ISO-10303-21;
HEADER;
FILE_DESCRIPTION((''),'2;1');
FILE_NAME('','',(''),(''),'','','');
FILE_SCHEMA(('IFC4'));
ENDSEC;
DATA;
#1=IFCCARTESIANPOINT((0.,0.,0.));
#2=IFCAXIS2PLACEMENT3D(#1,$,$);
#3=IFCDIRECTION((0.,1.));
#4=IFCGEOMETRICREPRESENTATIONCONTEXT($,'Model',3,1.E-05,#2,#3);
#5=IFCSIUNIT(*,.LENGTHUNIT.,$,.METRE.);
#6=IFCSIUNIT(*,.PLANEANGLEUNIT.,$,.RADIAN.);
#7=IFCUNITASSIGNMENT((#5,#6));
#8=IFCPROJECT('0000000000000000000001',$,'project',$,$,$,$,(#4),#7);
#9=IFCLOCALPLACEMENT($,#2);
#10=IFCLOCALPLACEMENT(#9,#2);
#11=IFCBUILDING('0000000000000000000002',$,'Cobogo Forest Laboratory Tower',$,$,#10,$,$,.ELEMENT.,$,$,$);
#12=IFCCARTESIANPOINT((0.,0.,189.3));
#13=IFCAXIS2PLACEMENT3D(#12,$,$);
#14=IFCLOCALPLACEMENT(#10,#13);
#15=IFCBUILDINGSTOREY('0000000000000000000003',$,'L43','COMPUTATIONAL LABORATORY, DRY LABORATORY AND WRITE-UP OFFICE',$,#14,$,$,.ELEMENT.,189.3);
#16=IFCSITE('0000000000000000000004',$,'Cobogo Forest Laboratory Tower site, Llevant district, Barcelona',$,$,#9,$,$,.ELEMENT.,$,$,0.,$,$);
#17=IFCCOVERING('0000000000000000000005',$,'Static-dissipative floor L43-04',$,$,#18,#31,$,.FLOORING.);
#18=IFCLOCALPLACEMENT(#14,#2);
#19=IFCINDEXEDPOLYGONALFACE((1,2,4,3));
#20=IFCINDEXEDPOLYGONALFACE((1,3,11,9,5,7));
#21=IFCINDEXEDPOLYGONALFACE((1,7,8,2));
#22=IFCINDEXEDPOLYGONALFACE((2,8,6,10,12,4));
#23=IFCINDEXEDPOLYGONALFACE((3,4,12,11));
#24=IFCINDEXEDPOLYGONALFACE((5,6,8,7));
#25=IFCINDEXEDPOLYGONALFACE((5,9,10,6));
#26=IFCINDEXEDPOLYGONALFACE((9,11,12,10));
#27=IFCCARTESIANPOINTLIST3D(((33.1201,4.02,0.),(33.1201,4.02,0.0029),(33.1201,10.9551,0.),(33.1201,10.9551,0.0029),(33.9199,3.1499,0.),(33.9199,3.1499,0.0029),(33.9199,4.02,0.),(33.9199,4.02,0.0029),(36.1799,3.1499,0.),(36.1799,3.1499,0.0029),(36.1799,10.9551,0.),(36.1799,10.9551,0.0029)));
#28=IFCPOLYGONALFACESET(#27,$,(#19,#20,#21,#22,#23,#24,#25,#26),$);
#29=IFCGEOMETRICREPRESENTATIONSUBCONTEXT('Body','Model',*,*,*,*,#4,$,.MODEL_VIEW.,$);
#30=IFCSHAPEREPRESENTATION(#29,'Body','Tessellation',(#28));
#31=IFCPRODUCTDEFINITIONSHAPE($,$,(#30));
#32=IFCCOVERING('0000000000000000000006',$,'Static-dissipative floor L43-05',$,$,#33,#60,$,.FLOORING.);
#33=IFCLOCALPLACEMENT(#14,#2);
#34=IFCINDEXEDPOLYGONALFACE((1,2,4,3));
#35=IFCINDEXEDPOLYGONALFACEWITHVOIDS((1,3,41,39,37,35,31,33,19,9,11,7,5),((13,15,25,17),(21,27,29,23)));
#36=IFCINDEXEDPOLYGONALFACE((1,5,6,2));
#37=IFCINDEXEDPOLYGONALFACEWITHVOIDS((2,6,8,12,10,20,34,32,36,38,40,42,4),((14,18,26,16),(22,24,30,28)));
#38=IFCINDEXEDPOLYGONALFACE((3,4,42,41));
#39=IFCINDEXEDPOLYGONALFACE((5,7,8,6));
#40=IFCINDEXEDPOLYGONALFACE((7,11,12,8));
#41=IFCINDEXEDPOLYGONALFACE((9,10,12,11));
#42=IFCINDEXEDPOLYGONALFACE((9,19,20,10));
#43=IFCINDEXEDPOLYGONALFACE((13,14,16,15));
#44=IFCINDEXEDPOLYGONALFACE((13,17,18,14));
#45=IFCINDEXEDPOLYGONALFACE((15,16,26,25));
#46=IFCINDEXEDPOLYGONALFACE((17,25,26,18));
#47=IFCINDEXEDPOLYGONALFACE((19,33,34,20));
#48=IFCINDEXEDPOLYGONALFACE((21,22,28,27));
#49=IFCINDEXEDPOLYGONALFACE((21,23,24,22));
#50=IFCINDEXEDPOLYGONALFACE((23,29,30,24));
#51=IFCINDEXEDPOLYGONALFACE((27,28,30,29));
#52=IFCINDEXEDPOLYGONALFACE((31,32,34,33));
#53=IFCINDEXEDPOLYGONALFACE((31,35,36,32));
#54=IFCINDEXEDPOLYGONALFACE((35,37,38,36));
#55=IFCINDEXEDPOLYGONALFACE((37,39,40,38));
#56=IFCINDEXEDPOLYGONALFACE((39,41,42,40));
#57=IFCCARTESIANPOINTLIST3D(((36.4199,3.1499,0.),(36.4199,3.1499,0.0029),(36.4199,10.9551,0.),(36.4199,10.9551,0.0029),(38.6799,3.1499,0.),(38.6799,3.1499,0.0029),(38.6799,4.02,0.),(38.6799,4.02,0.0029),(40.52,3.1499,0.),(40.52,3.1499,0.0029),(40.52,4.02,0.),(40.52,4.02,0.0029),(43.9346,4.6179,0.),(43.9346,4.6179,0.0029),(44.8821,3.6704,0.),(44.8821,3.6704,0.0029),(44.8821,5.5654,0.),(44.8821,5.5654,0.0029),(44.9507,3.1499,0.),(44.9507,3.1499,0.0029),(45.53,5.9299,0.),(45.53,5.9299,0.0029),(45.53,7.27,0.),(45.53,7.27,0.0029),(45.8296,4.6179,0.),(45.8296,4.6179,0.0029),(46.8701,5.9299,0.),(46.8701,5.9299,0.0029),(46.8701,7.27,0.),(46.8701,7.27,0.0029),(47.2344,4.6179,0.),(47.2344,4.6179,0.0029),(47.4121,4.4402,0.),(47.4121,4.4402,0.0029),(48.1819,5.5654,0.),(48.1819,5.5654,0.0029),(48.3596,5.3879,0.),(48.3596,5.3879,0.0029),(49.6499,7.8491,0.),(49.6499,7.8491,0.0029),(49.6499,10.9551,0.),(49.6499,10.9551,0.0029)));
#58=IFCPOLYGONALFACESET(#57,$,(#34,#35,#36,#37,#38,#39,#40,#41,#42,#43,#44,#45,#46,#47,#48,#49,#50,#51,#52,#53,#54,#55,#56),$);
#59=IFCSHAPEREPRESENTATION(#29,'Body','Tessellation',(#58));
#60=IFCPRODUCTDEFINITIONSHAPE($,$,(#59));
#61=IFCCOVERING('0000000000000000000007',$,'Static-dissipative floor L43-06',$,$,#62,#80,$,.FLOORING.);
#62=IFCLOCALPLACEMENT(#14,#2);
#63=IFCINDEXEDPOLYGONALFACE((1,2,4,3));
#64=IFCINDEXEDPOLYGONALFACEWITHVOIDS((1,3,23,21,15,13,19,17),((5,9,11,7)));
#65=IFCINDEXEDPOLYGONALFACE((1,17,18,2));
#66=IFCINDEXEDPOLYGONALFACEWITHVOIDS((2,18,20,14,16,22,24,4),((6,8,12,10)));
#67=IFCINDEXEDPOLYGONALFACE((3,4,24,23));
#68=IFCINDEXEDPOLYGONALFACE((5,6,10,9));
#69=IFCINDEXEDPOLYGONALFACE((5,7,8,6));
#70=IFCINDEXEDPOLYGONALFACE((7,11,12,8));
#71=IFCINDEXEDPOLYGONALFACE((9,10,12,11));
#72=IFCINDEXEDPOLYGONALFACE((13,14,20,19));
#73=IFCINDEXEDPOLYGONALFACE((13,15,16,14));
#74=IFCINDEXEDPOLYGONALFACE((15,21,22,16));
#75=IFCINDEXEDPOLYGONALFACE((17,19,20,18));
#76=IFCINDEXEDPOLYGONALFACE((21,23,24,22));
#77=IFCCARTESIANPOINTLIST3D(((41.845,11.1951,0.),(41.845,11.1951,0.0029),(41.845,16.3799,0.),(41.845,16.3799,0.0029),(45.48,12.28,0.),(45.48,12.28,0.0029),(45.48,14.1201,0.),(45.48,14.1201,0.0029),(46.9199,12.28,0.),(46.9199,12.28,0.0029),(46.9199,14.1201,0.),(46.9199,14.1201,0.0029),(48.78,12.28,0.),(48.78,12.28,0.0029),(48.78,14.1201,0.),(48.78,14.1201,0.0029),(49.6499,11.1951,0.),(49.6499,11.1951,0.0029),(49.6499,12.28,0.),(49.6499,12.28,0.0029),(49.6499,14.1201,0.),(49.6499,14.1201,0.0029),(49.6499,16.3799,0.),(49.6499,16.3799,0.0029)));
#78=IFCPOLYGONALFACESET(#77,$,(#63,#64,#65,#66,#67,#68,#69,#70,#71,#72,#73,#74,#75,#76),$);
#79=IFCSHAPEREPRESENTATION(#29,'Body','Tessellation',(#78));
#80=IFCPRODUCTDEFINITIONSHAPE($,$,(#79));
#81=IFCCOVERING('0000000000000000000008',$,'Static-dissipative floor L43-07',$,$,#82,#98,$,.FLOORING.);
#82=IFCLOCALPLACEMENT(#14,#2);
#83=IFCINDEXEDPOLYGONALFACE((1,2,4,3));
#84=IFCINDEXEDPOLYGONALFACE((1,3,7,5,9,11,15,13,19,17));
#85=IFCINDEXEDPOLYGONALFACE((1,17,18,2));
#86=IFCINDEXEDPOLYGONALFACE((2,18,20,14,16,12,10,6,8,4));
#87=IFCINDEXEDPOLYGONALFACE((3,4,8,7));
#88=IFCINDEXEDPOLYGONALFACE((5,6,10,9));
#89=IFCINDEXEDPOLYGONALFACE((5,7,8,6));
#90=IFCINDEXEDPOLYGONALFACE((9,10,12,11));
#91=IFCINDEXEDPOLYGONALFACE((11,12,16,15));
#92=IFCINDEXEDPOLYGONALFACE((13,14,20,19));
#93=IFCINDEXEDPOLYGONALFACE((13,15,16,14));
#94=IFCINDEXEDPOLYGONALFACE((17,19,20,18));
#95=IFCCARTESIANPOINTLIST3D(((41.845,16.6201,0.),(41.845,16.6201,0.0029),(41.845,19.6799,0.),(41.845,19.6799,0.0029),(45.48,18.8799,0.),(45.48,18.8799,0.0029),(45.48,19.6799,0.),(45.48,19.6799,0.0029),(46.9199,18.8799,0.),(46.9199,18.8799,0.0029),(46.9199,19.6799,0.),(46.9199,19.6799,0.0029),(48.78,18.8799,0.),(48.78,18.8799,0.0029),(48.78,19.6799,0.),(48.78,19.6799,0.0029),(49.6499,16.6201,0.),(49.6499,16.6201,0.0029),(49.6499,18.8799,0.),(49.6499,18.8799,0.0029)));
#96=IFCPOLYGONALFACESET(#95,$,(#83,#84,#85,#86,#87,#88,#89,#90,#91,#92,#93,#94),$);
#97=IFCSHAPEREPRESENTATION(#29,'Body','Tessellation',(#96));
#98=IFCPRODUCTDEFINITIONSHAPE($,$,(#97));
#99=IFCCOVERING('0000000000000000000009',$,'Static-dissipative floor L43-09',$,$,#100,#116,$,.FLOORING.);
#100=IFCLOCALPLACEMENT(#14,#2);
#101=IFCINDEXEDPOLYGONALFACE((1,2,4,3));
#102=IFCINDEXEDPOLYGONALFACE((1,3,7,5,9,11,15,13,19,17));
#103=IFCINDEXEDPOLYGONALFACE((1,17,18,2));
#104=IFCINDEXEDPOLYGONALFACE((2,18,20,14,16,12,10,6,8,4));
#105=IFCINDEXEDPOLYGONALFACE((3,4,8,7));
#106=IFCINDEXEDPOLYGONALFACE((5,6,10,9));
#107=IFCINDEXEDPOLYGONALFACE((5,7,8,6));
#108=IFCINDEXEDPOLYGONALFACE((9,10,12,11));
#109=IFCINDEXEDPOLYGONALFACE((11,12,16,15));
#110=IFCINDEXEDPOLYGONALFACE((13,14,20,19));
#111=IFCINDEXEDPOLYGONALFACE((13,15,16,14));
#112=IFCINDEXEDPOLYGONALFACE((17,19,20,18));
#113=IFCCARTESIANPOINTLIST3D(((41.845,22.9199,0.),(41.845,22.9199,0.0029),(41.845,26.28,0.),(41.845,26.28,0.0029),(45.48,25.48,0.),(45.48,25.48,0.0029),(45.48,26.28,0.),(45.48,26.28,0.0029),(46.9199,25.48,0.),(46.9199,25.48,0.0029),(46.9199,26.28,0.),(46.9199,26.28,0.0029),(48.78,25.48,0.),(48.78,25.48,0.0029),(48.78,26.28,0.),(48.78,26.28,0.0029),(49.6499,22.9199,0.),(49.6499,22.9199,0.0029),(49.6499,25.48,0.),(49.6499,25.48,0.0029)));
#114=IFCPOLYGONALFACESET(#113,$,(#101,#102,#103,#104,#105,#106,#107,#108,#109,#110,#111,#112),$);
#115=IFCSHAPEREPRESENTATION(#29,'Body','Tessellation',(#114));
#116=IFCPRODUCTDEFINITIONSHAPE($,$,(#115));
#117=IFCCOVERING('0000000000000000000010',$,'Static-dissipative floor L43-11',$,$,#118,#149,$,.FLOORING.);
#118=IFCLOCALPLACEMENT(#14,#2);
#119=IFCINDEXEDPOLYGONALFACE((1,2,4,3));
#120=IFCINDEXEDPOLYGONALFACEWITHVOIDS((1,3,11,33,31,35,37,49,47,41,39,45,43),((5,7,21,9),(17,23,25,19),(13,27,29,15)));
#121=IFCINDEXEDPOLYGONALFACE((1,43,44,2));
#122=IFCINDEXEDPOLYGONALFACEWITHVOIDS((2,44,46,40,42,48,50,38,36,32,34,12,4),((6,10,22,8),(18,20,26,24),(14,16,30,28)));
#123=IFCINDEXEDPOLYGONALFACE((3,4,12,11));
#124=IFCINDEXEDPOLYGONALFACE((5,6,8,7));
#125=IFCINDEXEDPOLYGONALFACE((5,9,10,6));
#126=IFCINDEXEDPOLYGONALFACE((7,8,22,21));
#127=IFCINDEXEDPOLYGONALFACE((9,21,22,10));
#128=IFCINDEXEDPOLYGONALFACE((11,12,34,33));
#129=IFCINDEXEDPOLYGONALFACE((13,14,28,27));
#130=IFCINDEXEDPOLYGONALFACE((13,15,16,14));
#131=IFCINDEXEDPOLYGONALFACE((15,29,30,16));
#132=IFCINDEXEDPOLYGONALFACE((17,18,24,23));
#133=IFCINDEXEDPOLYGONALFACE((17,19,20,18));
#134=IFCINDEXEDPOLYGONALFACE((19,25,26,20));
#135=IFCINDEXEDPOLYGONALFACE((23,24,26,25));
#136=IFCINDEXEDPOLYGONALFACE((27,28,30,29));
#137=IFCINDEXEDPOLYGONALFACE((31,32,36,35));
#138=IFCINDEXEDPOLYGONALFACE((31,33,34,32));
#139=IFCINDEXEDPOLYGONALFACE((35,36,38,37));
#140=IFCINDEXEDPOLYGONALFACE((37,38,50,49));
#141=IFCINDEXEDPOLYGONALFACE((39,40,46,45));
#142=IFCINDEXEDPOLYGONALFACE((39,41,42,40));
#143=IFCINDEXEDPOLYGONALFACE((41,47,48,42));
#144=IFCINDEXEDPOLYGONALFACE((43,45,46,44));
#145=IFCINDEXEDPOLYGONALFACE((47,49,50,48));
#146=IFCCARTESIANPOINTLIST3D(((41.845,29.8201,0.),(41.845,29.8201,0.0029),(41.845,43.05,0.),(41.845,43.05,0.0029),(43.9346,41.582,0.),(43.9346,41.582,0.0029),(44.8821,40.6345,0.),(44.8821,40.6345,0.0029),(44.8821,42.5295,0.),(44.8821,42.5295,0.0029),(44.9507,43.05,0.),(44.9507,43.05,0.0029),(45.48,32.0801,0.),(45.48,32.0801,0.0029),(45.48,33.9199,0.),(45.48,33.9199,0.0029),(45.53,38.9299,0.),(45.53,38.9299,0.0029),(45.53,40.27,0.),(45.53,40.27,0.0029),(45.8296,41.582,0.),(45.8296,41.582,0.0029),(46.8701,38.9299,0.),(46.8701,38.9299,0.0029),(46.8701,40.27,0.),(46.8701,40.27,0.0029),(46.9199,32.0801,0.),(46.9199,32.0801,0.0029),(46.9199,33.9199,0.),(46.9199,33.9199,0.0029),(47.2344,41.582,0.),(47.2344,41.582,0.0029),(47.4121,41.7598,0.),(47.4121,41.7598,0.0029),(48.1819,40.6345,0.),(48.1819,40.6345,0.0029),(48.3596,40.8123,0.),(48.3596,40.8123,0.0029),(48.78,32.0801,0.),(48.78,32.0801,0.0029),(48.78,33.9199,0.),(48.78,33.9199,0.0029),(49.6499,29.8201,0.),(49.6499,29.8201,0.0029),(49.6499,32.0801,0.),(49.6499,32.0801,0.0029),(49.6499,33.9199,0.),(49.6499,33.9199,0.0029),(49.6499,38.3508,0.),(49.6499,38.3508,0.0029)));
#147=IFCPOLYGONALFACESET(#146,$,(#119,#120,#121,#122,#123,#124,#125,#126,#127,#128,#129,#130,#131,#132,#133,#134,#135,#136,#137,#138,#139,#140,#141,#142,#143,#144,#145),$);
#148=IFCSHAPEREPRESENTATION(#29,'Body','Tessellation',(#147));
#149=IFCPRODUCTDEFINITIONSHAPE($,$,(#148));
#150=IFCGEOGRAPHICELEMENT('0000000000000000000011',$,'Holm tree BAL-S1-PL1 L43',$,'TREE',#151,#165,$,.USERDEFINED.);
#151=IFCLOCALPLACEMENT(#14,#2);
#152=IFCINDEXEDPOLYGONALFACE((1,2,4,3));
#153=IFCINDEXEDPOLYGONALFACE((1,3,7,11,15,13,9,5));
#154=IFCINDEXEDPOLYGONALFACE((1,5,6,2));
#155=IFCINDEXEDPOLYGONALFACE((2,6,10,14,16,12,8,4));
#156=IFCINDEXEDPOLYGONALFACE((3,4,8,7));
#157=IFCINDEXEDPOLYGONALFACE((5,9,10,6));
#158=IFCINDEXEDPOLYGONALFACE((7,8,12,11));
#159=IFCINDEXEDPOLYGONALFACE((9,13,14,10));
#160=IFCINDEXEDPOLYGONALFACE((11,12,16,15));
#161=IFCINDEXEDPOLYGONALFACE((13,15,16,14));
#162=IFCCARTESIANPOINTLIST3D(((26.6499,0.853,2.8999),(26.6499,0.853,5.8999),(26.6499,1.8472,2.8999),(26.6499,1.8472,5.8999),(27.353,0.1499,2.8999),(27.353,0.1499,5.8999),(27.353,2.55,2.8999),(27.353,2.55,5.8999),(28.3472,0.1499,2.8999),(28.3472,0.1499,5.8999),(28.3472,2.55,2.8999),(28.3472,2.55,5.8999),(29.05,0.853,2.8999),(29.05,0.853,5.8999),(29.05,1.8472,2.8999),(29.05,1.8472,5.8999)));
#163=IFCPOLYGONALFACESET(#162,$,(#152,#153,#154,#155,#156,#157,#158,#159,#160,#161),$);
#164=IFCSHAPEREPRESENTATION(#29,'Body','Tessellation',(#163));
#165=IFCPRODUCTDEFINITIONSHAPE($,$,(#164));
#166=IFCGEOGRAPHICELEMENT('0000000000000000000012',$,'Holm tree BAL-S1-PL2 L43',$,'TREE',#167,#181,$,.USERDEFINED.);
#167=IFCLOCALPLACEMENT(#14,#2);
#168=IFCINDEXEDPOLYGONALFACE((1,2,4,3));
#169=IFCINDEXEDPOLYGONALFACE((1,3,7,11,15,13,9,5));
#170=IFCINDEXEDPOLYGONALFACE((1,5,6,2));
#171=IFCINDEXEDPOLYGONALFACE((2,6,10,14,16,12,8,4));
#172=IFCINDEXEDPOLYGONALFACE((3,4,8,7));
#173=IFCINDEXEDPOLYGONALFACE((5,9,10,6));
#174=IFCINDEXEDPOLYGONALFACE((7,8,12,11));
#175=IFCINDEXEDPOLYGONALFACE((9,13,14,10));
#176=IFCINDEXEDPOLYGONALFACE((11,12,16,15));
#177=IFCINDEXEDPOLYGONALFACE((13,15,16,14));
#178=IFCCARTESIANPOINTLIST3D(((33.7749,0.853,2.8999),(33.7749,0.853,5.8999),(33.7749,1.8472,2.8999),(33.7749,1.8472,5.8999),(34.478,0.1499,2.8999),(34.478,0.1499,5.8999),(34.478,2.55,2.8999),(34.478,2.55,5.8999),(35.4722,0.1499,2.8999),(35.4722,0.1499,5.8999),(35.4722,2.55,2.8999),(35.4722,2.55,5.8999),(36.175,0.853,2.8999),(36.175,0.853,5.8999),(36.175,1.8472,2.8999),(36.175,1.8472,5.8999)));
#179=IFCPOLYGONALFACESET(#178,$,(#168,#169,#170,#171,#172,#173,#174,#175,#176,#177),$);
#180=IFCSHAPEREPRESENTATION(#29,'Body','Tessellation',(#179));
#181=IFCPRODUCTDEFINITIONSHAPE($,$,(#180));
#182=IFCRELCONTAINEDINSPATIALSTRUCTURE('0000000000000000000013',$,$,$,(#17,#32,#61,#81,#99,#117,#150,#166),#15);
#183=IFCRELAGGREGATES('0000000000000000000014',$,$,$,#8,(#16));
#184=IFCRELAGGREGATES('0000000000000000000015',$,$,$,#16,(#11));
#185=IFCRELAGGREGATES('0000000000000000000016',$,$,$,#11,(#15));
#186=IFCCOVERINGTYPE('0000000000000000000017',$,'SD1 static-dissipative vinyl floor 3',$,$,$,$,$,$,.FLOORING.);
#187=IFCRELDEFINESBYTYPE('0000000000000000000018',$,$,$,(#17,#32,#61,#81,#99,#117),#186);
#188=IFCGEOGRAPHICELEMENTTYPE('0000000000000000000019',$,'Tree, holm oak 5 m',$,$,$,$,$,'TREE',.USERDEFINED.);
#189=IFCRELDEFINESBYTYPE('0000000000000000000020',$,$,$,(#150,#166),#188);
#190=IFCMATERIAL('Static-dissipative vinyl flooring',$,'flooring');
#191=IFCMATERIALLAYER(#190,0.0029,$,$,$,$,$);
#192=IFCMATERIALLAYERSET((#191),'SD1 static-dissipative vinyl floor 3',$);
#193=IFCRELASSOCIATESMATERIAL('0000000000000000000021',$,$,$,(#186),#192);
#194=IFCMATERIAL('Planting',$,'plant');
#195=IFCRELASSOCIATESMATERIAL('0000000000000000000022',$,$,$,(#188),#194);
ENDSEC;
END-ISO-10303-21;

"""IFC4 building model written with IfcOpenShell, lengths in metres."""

from ifc_helpers import new_model, si_unit, direction, frame, origin, place, context, subcontext, project, spatial, polyline, outline, extrude, material, layer, layer_set, type_object, element, save


model = new_model("IFC4")

# Units and contexts
model_context = context("Model", 3, precision=1e-05, world=origin(), true_north=direction((0.0, 1.0)))
body_context = subcontext(model_context, "Body", "Model", "MODEL_VIEW")
ifc_project = project(units=[si_unit("LENGTHUNIT", "METRE"), si_unit("PLANEANGLEUNIT", "RADIAN")], contexts=[model_context])

# Site, building, storey
site_placement = place(None, origin())
site = spatial("IfcSite", under=ifc_project, at=site_placement, Name="Cobogo Forest Laboratory Tower site, Llevant district, Barcelona", CompositionType="ELEMENT", RefElevation=0.0)
building_placement = place(site_placement, origin())
building = spatial("IfcBuilding", under=site, at=building_placement, Name="Cobogo Forest Laboratory Tower", CompositionType="ELEMENT")
storey_placement = place(building_placement, frame((0.0, 0.0, 189.3)))
storey = spatial("IfcBuildingStorey", under=building, at=storey_placement, Name="L43", Description="COMPUTATIONAL LABORATORY, DRY LABORATORY AND WRITE-UP OFFICE", CompositionType="ELEMENT", Elevation=189.3)

# Coverings
ifc_material_1 = material(Name="Static-dissipative vinyl flooring", Category="flooring")
ifc_layer_1 = layer(ifc_material_1, 0.0029)
ifc_layer_set_1 = layer_set([ifc_layer_1], Name="SD1 static-dissipative vinyl floor 3")
covering_type_1 = type_object("IfcCoveringType", Name="SD1 static-dissipative vinyl floor 3", PredefinedType="FLOORING", material=ifc_layer_set_1)
covering_1_placement = place(storey_placement, origin())
element("IfcCovering", 1, at=covering_1_placement, inside=storey, type_object=covering_type_1, Name="Static-dissipative floor L43-04", PredefinedType="FLOORING", context=body_context, shape_type="SweptSolid", body=[
    extrude(outline(polyline([(36.1799, 10.9551), (36.1799, 3.1499), (33.9199, 3.1499), (33.9199, 4.02), (33.1201, 4.02), (33.1201, 10.9551), (36.1799, 10.9551)])), origin(), (0.0, 0.0, 1.0), 0.0029),
])
covering_2_placement = place(storey_placement, origin())
element("IfcCovering", 2, at=covering_2_placement, inside=storey, type_object=covering_type_1, Name="Static-dissipative floor L43-05", PredefinedType="FLOORING", context=body_context, shape_type="SweptSolid", body=[
    extrude(outline(polyline([(49.6499, 10.9551), (49.6499, 7.8491), (48.3596, 5.3879), (48.1819, 5.5654), (47.2344, 4.6179), (47.4121, 4.4402), (44.9507, 3.1499), (40.52, 3.1499), (40.52, 4.02), (38.6799, 4.02), (38.6799, 3.1499), (36.4199, 3.1499), (36.4199, 10.9551), (49.6499, 10.9551)]), holes=[polyline([(45.53, 5.9299), (46.8701, 5.9299), (46.8701, 7.27), (45.53, 7.27), (45.53, 5.9299)]), polyline([(44.8821, 3.6704), (45.8296, 4.6179), (44.8821, 5.5654), (43.9346, 4.6179), (44.8821, 3.6704)])]), origin(), (0.0, 0.0, 1.0), 0.0029),
])
covering_3_placement = place(storey_placement, origin())
element("IfcCovering", 3, at=covering_3_placement, inside=storey, type_object=covering_type_1, Name="Static-dissipative floor L43-06", PredefinedType="FLOORING", context=body_context, shape_type="SweptSolid", body=[
    extrude(outline(polyline([(41.845, 16.3799), (49.6499, 16.3799), (49.6499, 14.1201), (48.78, 14.1201), (48.78, 12.28), (49.6499, 12.28), (49.6499, 11.1951), (41.845, 11.1951), (41.845, 16.3799)]), holes=[polyline([(46.9199, 12.28), (46.9199, 14.1201), (45.48, 14.1201), (45.48, 12.28), (46.9199, 12.28)])]), origin(), (0.0, 0.0, 1.0), 0.0029),
])
covering_4_placement = place(storey_placement, origin())
element("IfcCovering", 4, at=covering_4_placement, inside=storey, type_object=covering_type_1, Name="Static-dissipative floor L43-07", PredefinedType="FLOORING", context=body_context, shape_type="SweptSolid", body=[
    extrude(outline(polyline([(41.845, 19.6799), (45.48, 19.6799), (45.48, 18.8799), (46.9199, 18.8799), (46.9199, 19.6799), (48.78, 19.6799), (48.78, 18.8799), (49.6499, 18.8799), (49.6499, 16.6201), (41.845, 16.6201), (41.845, 19.6799)])), origin(), (0.0, 0.0, 1.0), 0.0029),
])
covering_5_placement = place(storey_placement, origin())
element("IfcCovering", 5, at=covering_5_placement, inside=storey, type_object=covering_type_1, Name="Static-dissipative floor L43-09", PredefinedType="FLOORING", context=body_context, shape_type="SweptSolid", body=[
    extrude(outline(polyline([(41.845, 26.28), (45.48, 26.28), (45.48, 25.48), (46.9199, 25.48), (46.9199, 26.28), (48.78, 26.28), (48.78, 25.48), (49.6499, 25.48), (49.6499, 22.9199), (41.845, 22.9199), (41.845, 26.28)])), origin(), (0.0, 0.0, 1.0), 0.0029),
])
covering_6_placement = place(storey_placement, origin())
element("IfcCovering", 6, at=covering_6_placement, inside=storey, type_object=covering_type_1, Name="Static-dissipative floor L43-11", PredefinedType="FLOORING", context=body_context, shape_type="SweptSolid", body=[
    extrude(outline(polyline([(41.845, 43.05), (44.9507, 43.05), (47.4121, 41.7598), (47.2344, 41.582), (48.1819, 40.6345), (48.3596, 40.8123), (49.6499, 38.3508), (49.6499, 33.9199), (48.78, 33.9199), (48.78, 32.0801), (49.6499, 32.0801), (49.6499, 29.8201), (41.845, 29.8201), (41.845, 43.05)]), holes=[polyline([(46.9199, 32.0801), (46.9199, 33.9199), (45.48, 33.9199), (45.48, 32.0801), (46.9199, 32.0801)]), polyline([(45.53, 40.27), (45.53, 38.9299), (46.8701, 38.9299), (46.8701, 40.27), (45.53, 40.27)]), polyline([(44.8821, 40.6345), (45.8296, 41.582), (44.8821, 42.5295), (43.9346, 41.582), (44.8821, 40.6345)])]), origin(), (0.0, 0.0, 1.0), 0.0029),
])

# Geographic elements
ifc_material_2 = material(Name="Planting", Category="plant")
geographic_element_type = type_object("IfcGeographicElementType", Name="Tree, holm oak 5 m", ElementType="TREE", PredefinedType="USERDEFINED", material=ifc_material_2)
geographic_element_1_placement = place(storey_placement, frame((0.0, 0.0, 2.8999)))
element("IfcGeographicElement", 7, at=geographic_element_1_placement, inside=storey, type_object=geographic_element_type, Name="Holm tree BAL-S1-PL1 L43", ObjectType="TREE", PredefinedType="USERDEFINED", context=body_context, shape_type="SweptSolid", body=[
    extrude(outline(polyline([(29.05, 0.853), (29.05, 1.8472), (28.3472, 2.55), (27.353, 2.55), (26.6499, 1.8472), (26.6499, 0.853), (27.353, 0.1499), (28.3472, 0.1499), (29.05, 0.853)])), origin(), (0.0, 0.0, 1.0), 3.0),
])
geographic_element_2_placement = place(storey_placement, frame((0.0, 0.0, 2.8999)))
element("IfcGeographicElement", 8, at=geographic_element_2_placement, inside=storey, type_object=geographic_element_type, Name="Holm tree BAL-S1-PL2 L43", ObjectType="TREE", PredefinedType="USERDEFINED", context=body_context, shape_type="SweptSolid", body=[
    extrude(outline(polyline([(36.175, 0.853), (36.175, 1.8472), (35.4722, 2.55), (34.478, 2.55), (33.7749, 1.8472), (33.7749, 0.853), (34.478, 0.1499), (35.4722, 0.1499), (36.175, 0.853)])), origin(), (0.0, 0.0, 1.0), 3.0),
])

save(model, "model.ifc")
